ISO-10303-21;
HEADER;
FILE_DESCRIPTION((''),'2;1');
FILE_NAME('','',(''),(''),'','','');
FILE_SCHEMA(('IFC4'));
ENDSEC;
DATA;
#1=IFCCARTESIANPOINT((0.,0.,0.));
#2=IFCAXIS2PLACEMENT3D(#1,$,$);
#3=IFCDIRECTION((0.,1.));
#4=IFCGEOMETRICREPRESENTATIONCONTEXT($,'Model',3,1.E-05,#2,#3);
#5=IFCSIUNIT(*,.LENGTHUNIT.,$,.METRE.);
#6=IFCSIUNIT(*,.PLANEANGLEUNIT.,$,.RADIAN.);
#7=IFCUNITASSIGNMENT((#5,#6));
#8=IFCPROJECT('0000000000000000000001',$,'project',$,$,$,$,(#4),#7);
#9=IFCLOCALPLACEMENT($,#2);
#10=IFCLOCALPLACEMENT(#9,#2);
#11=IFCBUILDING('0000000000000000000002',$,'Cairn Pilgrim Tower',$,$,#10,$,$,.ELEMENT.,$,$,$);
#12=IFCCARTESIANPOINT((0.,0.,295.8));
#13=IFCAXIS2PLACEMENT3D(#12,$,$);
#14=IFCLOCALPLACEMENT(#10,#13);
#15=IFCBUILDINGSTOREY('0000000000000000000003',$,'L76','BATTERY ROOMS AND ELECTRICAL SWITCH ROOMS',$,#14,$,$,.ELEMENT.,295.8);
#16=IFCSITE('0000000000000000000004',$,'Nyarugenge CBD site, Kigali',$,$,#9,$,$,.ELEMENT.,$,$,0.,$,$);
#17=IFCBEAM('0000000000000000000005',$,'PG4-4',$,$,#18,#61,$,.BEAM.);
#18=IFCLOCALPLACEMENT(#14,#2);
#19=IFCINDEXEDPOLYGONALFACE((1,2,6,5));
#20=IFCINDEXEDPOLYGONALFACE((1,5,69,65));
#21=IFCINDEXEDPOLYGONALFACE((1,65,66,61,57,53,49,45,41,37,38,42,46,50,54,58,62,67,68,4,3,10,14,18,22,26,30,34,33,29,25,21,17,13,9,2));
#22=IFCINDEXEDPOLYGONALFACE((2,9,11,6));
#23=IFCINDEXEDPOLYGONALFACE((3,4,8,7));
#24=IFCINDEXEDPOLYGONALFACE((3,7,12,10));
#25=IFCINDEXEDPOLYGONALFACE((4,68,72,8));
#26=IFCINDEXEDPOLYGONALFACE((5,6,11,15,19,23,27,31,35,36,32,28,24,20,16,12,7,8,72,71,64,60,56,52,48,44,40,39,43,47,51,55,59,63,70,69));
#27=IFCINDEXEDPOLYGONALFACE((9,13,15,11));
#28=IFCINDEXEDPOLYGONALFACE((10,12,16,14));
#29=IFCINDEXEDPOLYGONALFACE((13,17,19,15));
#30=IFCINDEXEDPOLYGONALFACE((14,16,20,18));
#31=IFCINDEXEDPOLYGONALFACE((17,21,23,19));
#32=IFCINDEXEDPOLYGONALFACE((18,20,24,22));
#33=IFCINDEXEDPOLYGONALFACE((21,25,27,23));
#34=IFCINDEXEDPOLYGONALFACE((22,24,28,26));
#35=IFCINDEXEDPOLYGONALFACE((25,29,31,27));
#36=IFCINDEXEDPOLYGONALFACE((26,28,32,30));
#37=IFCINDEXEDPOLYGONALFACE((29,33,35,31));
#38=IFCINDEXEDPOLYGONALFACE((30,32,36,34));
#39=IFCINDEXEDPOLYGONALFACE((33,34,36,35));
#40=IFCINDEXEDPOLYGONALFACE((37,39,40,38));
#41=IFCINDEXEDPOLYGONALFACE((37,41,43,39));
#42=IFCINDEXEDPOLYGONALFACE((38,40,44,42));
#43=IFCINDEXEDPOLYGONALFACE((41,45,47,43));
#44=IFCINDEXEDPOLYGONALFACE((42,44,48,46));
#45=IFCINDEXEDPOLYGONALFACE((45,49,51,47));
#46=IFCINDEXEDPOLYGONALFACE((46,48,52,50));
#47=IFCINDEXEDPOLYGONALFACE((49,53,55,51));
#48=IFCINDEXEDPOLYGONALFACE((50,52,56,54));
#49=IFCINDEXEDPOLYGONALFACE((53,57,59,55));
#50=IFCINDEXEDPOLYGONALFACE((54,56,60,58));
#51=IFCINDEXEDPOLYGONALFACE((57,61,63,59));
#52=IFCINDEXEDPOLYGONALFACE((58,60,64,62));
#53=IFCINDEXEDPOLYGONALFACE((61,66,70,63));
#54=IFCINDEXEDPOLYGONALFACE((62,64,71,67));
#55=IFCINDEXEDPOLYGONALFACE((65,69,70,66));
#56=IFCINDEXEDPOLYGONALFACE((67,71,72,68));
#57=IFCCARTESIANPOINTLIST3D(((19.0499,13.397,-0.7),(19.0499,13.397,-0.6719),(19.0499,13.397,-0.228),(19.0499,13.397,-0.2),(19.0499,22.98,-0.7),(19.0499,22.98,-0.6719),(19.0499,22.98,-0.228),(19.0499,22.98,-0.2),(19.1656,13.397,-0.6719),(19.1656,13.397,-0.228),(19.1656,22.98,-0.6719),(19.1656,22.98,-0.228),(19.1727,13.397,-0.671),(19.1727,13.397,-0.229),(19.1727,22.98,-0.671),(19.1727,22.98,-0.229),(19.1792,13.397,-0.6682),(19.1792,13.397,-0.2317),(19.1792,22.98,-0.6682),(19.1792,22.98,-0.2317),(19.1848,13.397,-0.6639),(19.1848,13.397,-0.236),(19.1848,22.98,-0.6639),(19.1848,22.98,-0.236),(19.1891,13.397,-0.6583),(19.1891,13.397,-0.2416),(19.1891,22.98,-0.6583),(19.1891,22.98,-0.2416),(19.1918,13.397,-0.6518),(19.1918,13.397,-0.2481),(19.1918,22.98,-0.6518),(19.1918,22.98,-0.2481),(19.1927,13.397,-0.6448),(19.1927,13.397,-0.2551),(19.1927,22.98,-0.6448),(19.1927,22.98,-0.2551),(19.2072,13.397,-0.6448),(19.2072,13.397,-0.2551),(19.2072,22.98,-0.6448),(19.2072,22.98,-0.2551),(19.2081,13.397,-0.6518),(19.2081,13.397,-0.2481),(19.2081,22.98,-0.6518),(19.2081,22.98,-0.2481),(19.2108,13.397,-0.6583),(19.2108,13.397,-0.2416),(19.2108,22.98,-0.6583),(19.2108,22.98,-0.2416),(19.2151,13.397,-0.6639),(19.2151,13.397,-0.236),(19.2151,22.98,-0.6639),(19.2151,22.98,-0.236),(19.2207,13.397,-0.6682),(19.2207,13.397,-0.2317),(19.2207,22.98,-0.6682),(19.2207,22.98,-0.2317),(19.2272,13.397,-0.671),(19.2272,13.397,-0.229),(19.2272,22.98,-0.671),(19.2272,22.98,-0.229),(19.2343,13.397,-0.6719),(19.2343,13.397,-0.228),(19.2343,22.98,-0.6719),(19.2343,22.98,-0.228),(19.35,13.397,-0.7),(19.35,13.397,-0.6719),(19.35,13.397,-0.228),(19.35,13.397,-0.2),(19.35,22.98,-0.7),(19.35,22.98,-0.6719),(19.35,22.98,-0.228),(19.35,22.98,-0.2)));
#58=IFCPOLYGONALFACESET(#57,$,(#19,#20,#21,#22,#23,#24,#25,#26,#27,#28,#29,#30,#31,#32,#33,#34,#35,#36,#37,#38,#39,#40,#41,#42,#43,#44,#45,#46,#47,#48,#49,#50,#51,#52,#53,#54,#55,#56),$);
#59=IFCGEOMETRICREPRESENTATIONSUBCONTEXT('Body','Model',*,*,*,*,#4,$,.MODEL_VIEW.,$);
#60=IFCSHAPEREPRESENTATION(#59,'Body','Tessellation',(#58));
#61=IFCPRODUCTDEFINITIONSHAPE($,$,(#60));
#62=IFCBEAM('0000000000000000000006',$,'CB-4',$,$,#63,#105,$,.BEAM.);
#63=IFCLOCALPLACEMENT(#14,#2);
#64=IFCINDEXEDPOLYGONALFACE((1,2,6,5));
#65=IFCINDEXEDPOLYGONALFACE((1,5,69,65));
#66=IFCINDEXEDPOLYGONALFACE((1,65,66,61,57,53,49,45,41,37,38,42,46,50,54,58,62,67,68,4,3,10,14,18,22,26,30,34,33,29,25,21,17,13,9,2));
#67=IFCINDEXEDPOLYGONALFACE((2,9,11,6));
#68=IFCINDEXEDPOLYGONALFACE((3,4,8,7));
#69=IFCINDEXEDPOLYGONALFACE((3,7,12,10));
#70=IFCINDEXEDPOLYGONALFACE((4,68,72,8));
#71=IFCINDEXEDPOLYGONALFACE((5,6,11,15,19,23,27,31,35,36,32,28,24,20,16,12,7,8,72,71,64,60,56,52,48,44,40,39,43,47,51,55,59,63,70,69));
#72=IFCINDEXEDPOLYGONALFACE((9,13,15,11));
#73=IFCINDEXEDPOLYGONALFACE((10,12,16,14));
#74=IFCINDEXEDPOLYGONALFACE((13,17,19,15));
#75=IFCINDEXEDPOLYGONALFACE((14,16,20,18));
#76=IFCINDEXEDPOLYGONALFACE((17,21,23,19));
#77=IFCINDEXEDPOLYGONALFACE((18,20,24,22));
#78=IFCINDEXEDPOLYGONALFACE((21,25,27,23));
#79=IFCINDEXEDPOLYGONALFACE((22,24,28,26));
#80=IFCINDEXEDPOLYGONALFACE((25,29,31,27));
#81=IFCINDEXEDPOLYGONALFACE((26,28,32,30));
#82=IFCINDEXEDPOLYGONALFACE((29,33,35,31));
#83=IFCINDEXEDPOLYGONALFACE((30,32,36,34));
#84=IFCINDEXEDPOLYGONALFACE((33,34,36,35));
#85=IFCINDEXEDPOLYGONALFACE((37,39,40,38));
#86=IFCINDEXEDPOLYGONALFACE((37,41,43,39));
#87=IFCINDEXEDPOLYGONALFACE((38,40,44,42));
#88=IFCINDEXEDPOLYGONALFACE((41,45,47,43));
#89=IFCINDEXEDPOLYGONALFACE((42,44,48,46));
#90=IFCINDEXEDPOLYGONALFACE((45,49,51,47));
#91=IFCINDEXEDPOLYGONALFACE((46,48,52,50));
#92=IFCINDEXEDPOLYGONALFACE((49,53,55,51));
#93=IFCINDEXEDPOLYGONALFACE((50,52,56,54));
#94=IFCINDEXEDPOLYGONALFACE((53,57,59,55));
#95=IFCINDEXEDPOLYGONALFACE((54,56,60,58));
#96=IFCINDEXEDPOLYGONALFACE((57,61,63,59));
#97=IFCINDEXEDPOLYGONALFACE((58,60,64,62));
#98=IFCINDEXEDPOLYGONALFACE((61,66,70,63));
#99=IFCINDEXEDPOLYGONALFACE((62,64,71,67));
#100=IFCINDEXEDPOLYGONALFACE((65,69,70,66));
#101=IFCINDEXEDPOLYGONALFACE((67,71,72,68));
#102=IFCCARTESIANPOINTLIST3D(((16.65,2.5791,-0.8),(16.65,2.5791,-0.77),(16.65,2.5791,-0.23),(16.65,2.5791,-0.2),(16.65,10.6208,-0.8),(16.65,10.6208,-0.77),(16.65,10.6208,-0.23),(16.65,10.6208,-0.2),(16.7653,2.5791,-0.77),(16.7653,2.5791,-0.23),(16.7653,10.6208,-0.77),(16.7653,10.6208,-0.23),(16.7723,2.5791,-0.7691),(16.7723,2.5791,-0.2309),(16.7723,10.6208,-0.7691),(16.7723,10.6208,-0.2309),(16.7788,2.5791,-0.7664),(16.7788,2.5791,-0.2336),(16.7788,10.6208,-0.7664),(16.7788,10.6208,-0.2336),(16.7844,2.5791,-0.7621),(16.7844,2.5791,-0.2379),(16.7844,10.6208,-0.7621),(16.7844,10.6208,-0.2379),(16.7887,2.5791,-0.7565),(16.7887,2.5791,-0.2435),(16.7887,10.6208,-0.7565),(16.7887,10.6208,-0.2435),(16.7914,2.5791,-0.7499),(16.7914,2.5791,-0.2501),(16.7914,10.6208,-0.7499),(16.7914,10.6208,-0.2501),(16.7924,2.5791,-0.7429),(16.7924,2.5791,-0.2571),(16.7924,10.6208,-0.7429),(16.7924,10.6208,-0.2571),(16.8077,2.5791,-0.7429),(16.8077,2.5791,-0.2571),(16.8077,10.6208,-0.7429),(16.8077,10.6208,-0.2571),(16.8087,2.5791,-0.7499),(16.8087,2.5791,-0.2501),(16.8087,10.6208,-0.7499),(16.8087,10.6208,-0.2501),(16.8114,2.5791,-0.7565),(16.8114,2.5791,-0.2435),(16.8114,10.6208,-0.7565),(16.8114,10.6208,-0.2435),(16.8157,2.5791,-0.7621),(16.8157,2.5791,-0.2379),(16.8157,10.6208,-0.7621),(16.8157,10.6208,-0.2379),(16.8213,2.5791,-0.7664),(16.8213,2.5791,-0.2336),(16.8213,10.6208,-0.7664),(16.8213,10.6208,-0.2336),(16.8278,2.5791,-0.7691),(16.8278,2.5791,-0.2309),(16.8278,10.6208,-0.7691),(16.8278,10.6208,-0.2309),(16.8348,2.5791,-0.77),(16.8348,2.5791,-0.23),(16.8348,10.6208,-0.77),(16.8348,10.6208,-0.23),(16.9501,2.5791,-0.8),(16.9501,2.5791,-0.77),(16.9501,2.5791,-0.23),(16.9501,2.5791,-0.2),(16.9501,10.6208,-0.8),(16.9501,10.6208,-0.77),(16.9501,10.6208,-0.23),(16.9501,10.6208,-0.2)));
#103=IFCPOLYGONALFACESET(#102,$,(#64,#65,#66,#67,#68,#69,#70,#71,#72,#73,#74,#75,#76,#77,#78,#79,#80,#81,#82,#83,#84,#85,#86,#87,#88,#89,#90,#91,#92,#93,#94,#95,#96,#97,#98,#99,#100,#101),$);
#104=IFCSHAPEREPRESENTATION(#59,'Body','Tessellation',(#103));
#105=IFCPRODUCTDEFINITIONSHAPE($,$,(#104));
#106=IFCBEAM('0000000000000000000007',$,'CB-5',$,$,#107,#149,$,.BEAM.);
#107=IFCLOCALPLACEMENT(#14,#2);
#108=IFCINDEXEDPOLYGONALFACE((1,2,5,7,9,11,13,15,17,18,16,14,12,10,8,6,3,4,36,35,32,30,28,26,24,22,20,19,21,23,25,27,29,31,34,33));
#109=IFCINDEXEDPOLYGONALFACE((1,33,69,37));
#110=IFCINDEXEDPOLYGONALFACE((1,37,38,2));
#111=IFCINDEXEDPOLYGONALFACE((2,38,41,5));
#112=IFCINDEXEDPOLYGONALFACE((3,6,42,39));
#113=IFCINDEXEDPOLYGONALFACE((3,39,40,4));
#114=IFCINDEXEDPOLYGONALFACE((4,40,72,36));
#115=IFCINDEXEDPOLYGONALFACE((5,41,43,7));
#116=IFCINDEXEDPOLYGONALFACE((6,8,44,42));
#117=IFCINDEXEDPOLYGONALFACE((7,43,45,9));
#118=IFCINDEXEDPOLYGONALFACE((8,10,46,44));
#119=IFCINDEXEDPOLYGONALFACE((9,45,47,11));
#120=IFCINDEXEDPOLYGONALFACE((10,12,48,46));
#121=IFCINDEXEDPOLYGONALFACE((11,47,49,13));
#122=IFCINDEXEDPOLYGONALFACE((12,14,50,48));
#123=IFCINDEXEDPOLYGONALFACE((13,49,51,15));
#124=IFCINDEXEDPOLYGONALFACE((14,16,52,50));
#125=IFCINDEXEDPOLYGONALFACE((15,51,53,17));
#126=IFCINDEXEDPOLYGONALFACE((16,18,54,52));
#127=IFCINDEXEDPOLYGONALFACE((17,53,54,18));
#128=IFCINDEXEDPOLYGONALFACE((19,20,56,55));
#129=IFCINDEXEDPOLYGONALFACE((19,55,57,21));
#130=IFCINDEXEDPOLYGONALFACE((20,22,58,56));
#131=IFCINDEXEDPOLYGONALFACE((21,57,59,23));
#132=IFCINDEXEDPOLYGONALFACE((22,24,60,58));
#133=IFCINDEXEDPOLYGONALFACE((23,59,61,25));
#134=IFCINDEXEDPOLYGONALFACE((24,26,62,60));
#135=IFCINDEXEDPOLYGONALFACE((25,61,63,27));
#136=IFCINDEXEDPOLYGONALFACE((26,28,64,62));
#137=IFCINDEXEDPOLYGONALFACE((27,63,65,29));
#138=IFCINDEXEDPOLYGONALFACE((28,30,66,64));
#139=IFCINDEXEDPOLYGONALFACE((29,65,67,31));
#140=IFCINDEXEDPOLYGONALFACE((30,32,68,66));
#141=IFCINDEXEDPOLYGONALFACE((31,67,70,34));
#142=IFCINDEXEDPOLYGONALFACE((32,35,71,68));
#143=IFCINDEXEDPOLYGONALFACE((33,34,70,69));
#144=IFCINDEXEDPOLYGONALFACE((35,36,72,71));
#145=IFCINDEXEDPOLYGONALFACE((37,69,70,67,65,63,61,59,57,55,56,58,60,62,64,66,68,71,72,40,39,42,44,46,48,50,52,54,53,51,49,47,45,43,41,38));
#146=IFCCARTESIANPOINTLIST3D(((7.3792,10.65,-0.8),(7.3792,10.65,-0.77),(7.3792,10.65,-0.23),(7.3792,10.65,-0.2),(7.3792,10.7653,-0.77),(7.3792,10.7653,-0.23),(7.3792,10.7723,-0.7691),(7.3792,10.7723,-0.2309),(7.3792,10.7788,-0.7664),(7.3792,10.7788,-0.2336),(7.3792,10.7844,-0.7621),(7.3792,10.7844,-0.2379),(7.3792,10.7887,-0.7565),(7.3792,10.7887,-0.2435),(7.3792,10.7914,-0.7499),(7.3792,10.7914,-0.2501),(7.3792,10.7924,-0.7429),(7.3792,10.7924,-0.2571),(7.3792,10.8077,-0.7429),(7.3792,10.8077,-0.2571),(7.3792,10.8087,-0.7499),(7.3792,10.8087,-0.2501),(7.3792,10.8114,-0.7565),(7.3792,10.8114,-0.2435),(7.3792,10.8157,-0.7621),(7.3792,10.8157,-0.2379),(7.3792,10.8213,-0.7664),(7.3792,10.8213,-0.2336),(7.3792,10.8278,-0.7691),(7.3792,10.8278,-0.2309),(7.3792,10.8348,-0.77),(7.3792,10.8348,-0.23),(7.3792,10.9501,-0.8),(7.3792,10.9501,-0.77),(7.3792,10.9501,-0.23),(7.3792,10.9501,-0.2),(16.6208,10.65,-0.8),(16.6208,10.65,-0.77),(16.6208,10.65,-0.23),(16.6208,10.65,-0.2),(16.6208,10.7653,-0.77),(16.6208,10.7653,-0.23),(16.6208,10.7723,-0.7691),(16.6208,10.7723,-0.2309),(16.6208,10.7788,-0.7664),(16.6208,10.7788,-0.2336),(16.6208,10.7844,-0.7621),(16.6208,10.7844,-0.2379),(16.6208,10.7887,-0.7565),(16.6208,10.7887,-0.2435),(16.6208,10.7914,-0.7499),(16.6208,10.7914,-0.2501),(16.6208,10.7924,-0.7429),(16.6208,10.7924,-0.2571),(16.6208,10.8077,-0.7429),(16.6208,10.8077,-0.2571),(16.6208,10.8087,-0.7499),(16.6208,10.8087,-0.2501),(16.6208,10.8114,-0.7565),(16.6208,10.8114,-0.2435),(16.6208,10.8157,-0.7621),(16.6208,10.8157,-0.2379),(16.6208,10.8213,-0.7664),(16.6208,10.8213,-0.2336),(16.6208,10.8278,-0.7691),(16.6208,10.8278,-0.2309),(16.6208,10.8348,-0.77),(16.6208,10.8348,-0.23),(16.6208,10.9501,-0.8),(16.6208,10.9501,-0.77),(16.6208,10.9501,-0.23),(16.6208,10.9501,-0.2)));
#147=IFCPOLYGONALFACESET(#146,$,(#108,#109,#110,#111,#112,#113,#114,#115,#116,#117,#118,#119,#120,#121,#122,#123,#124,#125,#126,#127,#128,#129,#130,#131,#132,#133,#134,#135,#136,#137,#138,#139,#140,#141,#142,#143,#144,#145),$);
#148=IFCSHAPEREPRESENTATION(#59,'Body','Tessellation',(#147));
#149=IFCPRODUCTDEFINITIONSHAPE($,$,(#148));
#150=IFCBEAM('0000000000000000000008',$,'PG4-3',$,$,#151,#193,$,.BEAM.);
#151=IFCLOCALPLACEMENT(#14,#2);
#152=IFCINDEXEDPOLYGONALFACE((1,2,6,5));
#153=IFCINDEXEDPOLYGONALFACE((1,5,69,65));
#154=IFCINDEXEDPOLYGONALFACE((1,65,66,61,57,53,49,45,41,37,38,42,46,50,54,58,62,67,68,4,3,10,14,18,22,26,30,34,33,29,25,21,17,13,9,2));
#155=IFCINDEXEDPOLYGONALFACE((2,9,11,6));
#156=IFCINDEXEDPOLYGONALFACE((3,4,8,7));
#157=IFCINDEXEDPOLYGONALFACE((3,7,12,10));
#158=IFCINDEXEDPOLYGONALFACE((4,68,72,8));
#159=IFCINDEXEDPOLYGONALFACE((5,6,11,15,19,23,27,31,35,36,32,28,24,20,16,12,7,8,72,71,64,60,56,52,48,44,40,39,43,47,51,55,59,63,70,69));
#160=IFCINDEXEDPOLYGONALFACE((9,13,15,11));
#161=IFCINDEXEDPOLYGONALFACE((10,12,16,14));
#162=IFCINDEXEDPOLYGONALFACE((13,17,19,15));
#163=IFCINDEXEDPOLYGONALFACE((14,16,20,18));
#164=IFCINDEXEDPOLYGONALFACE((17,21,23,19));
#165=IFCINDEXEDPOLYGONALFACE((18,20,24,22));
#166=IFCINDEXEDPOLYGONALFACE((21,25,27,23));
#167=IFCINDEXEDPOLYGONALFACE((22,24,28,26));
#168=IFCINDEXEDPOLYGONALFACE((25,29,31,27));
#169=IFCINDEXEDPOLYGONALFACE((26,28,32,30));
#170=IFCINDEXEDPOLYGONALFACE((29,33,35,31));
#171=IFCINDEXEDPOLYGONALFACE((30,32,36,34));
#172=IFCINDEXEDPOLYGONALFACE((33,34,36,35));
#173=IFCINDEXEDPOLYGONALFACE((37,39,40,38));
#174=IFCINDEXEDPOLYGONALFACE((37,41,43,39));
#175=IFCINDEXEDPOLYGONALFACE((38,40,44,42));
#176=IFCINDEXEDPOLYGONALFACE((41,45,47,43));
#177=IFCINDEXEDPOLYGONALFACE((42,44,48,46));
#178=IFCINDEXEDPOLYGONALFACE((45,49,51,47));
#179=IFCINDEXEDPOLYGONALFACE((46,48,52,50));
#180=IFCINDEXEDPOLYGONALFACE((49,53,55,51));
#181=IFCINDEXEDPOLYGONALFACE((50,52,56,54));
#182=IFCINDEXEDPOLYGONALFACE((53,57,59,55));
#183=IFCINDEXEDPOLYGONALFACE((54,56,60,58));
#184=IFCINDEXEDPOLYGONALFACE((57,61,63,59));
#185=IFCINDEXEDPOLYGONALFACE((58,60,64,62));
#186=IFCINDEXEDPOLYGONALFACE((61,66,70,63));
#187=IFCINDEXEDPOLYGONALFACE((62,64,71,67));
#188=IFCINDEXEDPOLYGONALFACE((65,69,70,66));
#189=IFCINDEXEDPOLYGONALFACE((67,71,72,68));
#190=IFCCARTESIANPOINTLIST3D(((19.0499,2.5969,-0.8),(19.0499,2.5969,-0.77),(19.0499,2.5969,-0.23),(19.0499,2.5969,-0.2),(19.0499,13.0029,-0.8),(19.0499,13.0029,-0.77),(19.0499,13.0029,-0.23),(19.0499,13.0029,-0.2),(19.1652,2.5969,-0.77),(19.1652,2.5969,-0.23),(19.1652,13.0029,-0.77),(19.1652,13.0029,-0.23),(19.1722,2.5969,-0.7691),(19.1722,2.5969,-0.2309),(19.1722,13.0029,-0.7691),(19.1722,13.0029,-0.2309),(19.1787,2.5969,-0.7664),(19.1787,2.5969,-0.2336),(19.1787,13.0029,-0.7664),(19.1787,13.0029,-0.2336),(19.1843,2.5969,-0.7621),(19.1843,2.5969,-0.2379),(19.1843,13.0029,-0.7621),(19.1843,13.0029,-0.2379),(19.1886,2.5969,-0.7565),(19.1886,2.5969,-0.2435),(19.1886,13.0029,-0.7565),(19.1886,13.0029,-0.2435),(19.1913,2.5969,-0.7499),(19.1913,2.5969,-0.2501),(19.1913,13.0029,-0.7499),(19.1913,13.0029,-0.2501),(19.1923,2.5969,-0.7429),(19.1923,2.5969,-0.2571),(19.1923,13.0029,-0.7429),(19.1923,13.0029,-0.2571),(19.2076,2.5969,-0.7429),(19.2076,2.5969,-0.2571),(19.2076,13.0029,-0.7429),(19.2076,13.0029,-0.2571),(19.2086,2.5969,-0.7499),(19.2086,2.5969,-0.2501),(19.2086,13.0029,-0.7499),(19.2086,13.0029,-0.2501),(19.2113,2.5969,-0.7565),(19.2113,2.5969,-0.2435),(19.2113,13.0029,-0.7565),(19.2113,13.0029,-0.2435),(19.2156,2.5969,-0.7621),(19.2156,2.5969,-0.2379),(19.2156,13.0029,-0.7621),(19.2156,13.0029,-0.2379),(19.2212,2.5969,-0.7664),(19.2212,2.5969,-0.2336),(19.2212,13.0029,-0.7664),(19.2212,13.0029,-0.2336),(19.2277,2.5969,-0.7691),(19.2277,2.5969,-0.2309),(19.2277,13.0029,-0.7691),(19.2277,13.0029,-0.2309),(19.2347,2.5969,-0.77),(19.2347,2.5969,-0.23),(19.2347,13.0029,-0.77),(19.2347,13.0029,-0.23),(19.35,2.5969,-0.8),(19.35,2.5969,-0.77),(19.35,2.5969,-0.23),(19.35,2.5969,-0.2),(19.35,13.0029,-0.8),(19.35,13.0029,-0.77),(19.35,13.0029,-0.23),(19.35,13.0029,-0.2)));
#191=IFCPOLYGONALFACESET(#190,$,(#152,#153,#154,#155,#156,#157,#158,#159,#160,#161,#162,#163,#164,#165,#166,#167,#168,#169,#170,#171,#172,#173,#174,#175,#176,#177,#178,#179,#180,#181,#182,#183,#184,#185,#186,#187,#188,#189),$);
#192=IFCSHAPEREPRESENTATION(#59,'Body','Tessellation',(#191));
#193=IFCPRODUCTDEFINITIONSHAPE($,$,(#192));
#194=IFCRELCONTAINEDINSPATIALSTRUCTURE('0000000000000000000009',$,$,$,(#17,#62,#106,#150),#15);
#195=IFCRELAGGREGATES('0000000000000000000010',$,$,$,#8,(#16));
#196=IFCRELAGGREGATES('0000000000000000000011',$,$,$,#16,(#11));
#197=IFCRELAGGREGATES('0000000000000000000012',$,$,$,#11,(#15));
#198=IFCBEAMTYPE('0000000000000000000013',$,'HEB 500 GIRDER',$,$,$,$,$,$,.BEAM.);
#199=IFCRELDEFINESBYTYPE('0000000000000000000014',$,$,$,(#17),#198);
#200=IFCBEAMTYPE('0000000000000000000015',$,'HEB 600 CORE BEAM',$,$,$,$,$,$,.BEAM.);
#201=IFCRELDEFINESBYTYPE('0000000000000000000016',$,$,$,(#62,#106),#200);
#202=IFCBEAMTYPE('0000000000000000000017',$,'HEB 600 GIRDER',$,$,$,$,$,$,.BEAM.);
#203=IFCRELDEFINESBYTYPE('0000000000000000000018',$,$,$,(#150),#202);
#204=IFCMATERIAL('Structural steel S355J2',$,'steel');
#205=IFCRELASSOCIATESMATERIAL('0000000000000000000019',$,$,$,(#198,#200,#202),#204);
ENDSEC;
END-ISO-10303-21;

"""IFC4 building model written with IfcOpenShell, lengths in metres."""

from ifc_helpers import new_model, si_unit, direction, frame, origin, origin_2d, place, context, subcontext, project, spatial, i_section, extrude, material, material_profile, profile_set, type_object, element, save


model = new_model("IFC4")

# Units and contexts
model_context = context("Model", 3, precision=1e-05, world=origin(), true_north=direction((0.0, 1.0)))
body_context = subcontext(model_context, "Body", "Model", "MODEL_VIEW")
ifc_project = project(units=[si_unit("LENGTHUNIT", "METRE"), si_unit("PLANEANGLEUNIT", "RADIAN")], contexts=[model_context])

# Site, building, storey
site_placement = place(None, origin())
site = spatial("IfcSite", under=ifc_project, at=site_placement, Name="Nyarugenge CBD site, Kigali", CompositionType="ELEMENT", RefElevation=0.0)
building_placement = place(site_placement, origin())
building = spatial("IfcBuilding", under=site, at=building_placement, Name="Cairn Pilgrim Tower", CompositionType="ELEMENT")
storey_placement = place(building_placement, frame((0.0, 0.0, 295.8)))
storey = spatial("IfcBuildingStorey", under=building, at=storey_placement, Name="L76", Description="BATTERY ROOMS AND ELECTRICAL SWITCH ROOMS", CompositionType="ELEMENT", Elevation=295.8)

# Shared definitions
ifc_material_1 = material(Name="Structural steel S355J2", Category="steel")

# Beams
ifc_material_profile_1 = material_profile(ifc_material_1, i_section(OverallWidth=0.3, OverallDepth=0.5, WebThickness=0.0144, FlangeThickness=0.0281, FilletRadius=0.0271, at=origin_2d()), Name="HEB 500")
ifc_profile_set_1 = profile_set([ifc_material_profile_1], Name="Structural steel S355J2")
beam_type_1 = type_object("IfcBeamType", Name="HEB 500 GIRDER", PredefinedType="BEAM", material=ifc_profile_set_1)
beam_1_placement = place(storey_placement, frame((19.2, 13.397, -0.45), z_axis=(0.0, 1.0, 0.0), x_axis=(-1.0, 0.0, 0.0)))
element("IfcBeam", 1, at=beam_1_placement, inside=storey, type_object=beam_type_1, Name="PG4-4", PredefinedType="BEAM", context=body_context, shape_type="SweptSolid", body=[
    extrude(i_section(OverallWidth=0.3, OverallDepth=0.5, WebThickness=0.0144, FlangeThickness=0.0281, FilletRadius=0.0271, at=origin_2d()), origin(), (0.0, 0.0, 1.0), 9.583),
])
ifc_material_profile_2 = material_profile(ifc_material_1, i_section(OverallWidth=0.3, OverallDepth=0.6001, WebThickness=0.0154, FlangeThickness=0.03, FilletRadius=0.0271, at=origin_2d()), Name="HEB 600")
ifc_profile_set_2 = profile_set([ifc_material_profile_2], Name="Structural steel S355J2")
beam_type_2 = type_object("IfcBeamType", Name="HEB 600 CORE BEAM", PredefinedType="BEAM", material=ifc_profile_set_2)
beam_2_placement = place(storey_placement, frame((16.8, 2.5791, -0.5), z_axis=(0.0, 1.0, 0.0), x_axis=(-1.0, 0.0, 0.0)))
element("IfcBeam", 2, at=beam_2_placement, inside=storey, type_object=beam_type_2, Name="CB-4", PredefinedType="BEAM", context=body_context, shape_type="SweptSolid", body=[
    extrude(i_section(OverallWidth=0.3, OverallDepth=0.6001, WebThickness=0.0154, FlangeThickness=0.03, FilletRadius=0.0271, at=origin_2d()), origin(), (0.0, 0.0, 1.0), 8.0417),
])
beam_3_placement = place(storey_placement, frame((16.6208, 10.8, -0.5), z_axis=(-1.0, 0.0, 0.0), x_axis=(0.0, -1.0, 0.0)))
element("IfcBeam", 3, at=beam_3_placement, inside=storey, type_object=beam_type_2, Name="CB-5", PredefinedType="BEAM", context=body_context, shape_type="SweptSolid", body=[
    extrude(i_section(OverallWidth=0.3, OverallDepth=0.6001, WebThickness=0.0154, FlangeThickness=0.03, FilletRadius=0.0271, at=origin_2d()), origin(), (0.0, 0.0, 1.0), 9.2417),
])
ifc_material_profile_3 = material_profile(ifc_material_1, i_section(OverallWidth=0.3, OverallDepth=0.6001, WebThickness=0.0154, FlangeThickness=0.03, FilletRadius=0.0271, at=origin_2d()), Name="HEB 600")
ifc_profile_set_3 = profile_set([ifc_material_profile_3], Name="Structural steel S355J2")
beam_type_3 = type_object("IfcBeamType", Name="HEB 600 GIRDER", PredefinedType="BEAM", material=ifc_profile_set_3)
beam_4_placement = place(storey_placement, frame((19.2, 2.5969, -0.5), z_axis=(0.0, 1.0, 0.0), x_axis=(-1.0, 0.0, 0.0)))
element("IfcBeam", 4, at=beam_4_placement, inside=storey, type_object=beam_type_3, Name="PG4-3", PredefinedType="BEAM", context=body_context, shape_type="SweptSolid", body=[
    extrude(i_section(OverallWidth=0.3, OverallDepth=0.6001, WebThickness=0.0154, FlangeThickness=0.03, FilletRadius=0.0271, at=origin_2d()), origin(), (0.0, 0.0, 1.0), 10.406),
])

save(model, "model.ifc")
